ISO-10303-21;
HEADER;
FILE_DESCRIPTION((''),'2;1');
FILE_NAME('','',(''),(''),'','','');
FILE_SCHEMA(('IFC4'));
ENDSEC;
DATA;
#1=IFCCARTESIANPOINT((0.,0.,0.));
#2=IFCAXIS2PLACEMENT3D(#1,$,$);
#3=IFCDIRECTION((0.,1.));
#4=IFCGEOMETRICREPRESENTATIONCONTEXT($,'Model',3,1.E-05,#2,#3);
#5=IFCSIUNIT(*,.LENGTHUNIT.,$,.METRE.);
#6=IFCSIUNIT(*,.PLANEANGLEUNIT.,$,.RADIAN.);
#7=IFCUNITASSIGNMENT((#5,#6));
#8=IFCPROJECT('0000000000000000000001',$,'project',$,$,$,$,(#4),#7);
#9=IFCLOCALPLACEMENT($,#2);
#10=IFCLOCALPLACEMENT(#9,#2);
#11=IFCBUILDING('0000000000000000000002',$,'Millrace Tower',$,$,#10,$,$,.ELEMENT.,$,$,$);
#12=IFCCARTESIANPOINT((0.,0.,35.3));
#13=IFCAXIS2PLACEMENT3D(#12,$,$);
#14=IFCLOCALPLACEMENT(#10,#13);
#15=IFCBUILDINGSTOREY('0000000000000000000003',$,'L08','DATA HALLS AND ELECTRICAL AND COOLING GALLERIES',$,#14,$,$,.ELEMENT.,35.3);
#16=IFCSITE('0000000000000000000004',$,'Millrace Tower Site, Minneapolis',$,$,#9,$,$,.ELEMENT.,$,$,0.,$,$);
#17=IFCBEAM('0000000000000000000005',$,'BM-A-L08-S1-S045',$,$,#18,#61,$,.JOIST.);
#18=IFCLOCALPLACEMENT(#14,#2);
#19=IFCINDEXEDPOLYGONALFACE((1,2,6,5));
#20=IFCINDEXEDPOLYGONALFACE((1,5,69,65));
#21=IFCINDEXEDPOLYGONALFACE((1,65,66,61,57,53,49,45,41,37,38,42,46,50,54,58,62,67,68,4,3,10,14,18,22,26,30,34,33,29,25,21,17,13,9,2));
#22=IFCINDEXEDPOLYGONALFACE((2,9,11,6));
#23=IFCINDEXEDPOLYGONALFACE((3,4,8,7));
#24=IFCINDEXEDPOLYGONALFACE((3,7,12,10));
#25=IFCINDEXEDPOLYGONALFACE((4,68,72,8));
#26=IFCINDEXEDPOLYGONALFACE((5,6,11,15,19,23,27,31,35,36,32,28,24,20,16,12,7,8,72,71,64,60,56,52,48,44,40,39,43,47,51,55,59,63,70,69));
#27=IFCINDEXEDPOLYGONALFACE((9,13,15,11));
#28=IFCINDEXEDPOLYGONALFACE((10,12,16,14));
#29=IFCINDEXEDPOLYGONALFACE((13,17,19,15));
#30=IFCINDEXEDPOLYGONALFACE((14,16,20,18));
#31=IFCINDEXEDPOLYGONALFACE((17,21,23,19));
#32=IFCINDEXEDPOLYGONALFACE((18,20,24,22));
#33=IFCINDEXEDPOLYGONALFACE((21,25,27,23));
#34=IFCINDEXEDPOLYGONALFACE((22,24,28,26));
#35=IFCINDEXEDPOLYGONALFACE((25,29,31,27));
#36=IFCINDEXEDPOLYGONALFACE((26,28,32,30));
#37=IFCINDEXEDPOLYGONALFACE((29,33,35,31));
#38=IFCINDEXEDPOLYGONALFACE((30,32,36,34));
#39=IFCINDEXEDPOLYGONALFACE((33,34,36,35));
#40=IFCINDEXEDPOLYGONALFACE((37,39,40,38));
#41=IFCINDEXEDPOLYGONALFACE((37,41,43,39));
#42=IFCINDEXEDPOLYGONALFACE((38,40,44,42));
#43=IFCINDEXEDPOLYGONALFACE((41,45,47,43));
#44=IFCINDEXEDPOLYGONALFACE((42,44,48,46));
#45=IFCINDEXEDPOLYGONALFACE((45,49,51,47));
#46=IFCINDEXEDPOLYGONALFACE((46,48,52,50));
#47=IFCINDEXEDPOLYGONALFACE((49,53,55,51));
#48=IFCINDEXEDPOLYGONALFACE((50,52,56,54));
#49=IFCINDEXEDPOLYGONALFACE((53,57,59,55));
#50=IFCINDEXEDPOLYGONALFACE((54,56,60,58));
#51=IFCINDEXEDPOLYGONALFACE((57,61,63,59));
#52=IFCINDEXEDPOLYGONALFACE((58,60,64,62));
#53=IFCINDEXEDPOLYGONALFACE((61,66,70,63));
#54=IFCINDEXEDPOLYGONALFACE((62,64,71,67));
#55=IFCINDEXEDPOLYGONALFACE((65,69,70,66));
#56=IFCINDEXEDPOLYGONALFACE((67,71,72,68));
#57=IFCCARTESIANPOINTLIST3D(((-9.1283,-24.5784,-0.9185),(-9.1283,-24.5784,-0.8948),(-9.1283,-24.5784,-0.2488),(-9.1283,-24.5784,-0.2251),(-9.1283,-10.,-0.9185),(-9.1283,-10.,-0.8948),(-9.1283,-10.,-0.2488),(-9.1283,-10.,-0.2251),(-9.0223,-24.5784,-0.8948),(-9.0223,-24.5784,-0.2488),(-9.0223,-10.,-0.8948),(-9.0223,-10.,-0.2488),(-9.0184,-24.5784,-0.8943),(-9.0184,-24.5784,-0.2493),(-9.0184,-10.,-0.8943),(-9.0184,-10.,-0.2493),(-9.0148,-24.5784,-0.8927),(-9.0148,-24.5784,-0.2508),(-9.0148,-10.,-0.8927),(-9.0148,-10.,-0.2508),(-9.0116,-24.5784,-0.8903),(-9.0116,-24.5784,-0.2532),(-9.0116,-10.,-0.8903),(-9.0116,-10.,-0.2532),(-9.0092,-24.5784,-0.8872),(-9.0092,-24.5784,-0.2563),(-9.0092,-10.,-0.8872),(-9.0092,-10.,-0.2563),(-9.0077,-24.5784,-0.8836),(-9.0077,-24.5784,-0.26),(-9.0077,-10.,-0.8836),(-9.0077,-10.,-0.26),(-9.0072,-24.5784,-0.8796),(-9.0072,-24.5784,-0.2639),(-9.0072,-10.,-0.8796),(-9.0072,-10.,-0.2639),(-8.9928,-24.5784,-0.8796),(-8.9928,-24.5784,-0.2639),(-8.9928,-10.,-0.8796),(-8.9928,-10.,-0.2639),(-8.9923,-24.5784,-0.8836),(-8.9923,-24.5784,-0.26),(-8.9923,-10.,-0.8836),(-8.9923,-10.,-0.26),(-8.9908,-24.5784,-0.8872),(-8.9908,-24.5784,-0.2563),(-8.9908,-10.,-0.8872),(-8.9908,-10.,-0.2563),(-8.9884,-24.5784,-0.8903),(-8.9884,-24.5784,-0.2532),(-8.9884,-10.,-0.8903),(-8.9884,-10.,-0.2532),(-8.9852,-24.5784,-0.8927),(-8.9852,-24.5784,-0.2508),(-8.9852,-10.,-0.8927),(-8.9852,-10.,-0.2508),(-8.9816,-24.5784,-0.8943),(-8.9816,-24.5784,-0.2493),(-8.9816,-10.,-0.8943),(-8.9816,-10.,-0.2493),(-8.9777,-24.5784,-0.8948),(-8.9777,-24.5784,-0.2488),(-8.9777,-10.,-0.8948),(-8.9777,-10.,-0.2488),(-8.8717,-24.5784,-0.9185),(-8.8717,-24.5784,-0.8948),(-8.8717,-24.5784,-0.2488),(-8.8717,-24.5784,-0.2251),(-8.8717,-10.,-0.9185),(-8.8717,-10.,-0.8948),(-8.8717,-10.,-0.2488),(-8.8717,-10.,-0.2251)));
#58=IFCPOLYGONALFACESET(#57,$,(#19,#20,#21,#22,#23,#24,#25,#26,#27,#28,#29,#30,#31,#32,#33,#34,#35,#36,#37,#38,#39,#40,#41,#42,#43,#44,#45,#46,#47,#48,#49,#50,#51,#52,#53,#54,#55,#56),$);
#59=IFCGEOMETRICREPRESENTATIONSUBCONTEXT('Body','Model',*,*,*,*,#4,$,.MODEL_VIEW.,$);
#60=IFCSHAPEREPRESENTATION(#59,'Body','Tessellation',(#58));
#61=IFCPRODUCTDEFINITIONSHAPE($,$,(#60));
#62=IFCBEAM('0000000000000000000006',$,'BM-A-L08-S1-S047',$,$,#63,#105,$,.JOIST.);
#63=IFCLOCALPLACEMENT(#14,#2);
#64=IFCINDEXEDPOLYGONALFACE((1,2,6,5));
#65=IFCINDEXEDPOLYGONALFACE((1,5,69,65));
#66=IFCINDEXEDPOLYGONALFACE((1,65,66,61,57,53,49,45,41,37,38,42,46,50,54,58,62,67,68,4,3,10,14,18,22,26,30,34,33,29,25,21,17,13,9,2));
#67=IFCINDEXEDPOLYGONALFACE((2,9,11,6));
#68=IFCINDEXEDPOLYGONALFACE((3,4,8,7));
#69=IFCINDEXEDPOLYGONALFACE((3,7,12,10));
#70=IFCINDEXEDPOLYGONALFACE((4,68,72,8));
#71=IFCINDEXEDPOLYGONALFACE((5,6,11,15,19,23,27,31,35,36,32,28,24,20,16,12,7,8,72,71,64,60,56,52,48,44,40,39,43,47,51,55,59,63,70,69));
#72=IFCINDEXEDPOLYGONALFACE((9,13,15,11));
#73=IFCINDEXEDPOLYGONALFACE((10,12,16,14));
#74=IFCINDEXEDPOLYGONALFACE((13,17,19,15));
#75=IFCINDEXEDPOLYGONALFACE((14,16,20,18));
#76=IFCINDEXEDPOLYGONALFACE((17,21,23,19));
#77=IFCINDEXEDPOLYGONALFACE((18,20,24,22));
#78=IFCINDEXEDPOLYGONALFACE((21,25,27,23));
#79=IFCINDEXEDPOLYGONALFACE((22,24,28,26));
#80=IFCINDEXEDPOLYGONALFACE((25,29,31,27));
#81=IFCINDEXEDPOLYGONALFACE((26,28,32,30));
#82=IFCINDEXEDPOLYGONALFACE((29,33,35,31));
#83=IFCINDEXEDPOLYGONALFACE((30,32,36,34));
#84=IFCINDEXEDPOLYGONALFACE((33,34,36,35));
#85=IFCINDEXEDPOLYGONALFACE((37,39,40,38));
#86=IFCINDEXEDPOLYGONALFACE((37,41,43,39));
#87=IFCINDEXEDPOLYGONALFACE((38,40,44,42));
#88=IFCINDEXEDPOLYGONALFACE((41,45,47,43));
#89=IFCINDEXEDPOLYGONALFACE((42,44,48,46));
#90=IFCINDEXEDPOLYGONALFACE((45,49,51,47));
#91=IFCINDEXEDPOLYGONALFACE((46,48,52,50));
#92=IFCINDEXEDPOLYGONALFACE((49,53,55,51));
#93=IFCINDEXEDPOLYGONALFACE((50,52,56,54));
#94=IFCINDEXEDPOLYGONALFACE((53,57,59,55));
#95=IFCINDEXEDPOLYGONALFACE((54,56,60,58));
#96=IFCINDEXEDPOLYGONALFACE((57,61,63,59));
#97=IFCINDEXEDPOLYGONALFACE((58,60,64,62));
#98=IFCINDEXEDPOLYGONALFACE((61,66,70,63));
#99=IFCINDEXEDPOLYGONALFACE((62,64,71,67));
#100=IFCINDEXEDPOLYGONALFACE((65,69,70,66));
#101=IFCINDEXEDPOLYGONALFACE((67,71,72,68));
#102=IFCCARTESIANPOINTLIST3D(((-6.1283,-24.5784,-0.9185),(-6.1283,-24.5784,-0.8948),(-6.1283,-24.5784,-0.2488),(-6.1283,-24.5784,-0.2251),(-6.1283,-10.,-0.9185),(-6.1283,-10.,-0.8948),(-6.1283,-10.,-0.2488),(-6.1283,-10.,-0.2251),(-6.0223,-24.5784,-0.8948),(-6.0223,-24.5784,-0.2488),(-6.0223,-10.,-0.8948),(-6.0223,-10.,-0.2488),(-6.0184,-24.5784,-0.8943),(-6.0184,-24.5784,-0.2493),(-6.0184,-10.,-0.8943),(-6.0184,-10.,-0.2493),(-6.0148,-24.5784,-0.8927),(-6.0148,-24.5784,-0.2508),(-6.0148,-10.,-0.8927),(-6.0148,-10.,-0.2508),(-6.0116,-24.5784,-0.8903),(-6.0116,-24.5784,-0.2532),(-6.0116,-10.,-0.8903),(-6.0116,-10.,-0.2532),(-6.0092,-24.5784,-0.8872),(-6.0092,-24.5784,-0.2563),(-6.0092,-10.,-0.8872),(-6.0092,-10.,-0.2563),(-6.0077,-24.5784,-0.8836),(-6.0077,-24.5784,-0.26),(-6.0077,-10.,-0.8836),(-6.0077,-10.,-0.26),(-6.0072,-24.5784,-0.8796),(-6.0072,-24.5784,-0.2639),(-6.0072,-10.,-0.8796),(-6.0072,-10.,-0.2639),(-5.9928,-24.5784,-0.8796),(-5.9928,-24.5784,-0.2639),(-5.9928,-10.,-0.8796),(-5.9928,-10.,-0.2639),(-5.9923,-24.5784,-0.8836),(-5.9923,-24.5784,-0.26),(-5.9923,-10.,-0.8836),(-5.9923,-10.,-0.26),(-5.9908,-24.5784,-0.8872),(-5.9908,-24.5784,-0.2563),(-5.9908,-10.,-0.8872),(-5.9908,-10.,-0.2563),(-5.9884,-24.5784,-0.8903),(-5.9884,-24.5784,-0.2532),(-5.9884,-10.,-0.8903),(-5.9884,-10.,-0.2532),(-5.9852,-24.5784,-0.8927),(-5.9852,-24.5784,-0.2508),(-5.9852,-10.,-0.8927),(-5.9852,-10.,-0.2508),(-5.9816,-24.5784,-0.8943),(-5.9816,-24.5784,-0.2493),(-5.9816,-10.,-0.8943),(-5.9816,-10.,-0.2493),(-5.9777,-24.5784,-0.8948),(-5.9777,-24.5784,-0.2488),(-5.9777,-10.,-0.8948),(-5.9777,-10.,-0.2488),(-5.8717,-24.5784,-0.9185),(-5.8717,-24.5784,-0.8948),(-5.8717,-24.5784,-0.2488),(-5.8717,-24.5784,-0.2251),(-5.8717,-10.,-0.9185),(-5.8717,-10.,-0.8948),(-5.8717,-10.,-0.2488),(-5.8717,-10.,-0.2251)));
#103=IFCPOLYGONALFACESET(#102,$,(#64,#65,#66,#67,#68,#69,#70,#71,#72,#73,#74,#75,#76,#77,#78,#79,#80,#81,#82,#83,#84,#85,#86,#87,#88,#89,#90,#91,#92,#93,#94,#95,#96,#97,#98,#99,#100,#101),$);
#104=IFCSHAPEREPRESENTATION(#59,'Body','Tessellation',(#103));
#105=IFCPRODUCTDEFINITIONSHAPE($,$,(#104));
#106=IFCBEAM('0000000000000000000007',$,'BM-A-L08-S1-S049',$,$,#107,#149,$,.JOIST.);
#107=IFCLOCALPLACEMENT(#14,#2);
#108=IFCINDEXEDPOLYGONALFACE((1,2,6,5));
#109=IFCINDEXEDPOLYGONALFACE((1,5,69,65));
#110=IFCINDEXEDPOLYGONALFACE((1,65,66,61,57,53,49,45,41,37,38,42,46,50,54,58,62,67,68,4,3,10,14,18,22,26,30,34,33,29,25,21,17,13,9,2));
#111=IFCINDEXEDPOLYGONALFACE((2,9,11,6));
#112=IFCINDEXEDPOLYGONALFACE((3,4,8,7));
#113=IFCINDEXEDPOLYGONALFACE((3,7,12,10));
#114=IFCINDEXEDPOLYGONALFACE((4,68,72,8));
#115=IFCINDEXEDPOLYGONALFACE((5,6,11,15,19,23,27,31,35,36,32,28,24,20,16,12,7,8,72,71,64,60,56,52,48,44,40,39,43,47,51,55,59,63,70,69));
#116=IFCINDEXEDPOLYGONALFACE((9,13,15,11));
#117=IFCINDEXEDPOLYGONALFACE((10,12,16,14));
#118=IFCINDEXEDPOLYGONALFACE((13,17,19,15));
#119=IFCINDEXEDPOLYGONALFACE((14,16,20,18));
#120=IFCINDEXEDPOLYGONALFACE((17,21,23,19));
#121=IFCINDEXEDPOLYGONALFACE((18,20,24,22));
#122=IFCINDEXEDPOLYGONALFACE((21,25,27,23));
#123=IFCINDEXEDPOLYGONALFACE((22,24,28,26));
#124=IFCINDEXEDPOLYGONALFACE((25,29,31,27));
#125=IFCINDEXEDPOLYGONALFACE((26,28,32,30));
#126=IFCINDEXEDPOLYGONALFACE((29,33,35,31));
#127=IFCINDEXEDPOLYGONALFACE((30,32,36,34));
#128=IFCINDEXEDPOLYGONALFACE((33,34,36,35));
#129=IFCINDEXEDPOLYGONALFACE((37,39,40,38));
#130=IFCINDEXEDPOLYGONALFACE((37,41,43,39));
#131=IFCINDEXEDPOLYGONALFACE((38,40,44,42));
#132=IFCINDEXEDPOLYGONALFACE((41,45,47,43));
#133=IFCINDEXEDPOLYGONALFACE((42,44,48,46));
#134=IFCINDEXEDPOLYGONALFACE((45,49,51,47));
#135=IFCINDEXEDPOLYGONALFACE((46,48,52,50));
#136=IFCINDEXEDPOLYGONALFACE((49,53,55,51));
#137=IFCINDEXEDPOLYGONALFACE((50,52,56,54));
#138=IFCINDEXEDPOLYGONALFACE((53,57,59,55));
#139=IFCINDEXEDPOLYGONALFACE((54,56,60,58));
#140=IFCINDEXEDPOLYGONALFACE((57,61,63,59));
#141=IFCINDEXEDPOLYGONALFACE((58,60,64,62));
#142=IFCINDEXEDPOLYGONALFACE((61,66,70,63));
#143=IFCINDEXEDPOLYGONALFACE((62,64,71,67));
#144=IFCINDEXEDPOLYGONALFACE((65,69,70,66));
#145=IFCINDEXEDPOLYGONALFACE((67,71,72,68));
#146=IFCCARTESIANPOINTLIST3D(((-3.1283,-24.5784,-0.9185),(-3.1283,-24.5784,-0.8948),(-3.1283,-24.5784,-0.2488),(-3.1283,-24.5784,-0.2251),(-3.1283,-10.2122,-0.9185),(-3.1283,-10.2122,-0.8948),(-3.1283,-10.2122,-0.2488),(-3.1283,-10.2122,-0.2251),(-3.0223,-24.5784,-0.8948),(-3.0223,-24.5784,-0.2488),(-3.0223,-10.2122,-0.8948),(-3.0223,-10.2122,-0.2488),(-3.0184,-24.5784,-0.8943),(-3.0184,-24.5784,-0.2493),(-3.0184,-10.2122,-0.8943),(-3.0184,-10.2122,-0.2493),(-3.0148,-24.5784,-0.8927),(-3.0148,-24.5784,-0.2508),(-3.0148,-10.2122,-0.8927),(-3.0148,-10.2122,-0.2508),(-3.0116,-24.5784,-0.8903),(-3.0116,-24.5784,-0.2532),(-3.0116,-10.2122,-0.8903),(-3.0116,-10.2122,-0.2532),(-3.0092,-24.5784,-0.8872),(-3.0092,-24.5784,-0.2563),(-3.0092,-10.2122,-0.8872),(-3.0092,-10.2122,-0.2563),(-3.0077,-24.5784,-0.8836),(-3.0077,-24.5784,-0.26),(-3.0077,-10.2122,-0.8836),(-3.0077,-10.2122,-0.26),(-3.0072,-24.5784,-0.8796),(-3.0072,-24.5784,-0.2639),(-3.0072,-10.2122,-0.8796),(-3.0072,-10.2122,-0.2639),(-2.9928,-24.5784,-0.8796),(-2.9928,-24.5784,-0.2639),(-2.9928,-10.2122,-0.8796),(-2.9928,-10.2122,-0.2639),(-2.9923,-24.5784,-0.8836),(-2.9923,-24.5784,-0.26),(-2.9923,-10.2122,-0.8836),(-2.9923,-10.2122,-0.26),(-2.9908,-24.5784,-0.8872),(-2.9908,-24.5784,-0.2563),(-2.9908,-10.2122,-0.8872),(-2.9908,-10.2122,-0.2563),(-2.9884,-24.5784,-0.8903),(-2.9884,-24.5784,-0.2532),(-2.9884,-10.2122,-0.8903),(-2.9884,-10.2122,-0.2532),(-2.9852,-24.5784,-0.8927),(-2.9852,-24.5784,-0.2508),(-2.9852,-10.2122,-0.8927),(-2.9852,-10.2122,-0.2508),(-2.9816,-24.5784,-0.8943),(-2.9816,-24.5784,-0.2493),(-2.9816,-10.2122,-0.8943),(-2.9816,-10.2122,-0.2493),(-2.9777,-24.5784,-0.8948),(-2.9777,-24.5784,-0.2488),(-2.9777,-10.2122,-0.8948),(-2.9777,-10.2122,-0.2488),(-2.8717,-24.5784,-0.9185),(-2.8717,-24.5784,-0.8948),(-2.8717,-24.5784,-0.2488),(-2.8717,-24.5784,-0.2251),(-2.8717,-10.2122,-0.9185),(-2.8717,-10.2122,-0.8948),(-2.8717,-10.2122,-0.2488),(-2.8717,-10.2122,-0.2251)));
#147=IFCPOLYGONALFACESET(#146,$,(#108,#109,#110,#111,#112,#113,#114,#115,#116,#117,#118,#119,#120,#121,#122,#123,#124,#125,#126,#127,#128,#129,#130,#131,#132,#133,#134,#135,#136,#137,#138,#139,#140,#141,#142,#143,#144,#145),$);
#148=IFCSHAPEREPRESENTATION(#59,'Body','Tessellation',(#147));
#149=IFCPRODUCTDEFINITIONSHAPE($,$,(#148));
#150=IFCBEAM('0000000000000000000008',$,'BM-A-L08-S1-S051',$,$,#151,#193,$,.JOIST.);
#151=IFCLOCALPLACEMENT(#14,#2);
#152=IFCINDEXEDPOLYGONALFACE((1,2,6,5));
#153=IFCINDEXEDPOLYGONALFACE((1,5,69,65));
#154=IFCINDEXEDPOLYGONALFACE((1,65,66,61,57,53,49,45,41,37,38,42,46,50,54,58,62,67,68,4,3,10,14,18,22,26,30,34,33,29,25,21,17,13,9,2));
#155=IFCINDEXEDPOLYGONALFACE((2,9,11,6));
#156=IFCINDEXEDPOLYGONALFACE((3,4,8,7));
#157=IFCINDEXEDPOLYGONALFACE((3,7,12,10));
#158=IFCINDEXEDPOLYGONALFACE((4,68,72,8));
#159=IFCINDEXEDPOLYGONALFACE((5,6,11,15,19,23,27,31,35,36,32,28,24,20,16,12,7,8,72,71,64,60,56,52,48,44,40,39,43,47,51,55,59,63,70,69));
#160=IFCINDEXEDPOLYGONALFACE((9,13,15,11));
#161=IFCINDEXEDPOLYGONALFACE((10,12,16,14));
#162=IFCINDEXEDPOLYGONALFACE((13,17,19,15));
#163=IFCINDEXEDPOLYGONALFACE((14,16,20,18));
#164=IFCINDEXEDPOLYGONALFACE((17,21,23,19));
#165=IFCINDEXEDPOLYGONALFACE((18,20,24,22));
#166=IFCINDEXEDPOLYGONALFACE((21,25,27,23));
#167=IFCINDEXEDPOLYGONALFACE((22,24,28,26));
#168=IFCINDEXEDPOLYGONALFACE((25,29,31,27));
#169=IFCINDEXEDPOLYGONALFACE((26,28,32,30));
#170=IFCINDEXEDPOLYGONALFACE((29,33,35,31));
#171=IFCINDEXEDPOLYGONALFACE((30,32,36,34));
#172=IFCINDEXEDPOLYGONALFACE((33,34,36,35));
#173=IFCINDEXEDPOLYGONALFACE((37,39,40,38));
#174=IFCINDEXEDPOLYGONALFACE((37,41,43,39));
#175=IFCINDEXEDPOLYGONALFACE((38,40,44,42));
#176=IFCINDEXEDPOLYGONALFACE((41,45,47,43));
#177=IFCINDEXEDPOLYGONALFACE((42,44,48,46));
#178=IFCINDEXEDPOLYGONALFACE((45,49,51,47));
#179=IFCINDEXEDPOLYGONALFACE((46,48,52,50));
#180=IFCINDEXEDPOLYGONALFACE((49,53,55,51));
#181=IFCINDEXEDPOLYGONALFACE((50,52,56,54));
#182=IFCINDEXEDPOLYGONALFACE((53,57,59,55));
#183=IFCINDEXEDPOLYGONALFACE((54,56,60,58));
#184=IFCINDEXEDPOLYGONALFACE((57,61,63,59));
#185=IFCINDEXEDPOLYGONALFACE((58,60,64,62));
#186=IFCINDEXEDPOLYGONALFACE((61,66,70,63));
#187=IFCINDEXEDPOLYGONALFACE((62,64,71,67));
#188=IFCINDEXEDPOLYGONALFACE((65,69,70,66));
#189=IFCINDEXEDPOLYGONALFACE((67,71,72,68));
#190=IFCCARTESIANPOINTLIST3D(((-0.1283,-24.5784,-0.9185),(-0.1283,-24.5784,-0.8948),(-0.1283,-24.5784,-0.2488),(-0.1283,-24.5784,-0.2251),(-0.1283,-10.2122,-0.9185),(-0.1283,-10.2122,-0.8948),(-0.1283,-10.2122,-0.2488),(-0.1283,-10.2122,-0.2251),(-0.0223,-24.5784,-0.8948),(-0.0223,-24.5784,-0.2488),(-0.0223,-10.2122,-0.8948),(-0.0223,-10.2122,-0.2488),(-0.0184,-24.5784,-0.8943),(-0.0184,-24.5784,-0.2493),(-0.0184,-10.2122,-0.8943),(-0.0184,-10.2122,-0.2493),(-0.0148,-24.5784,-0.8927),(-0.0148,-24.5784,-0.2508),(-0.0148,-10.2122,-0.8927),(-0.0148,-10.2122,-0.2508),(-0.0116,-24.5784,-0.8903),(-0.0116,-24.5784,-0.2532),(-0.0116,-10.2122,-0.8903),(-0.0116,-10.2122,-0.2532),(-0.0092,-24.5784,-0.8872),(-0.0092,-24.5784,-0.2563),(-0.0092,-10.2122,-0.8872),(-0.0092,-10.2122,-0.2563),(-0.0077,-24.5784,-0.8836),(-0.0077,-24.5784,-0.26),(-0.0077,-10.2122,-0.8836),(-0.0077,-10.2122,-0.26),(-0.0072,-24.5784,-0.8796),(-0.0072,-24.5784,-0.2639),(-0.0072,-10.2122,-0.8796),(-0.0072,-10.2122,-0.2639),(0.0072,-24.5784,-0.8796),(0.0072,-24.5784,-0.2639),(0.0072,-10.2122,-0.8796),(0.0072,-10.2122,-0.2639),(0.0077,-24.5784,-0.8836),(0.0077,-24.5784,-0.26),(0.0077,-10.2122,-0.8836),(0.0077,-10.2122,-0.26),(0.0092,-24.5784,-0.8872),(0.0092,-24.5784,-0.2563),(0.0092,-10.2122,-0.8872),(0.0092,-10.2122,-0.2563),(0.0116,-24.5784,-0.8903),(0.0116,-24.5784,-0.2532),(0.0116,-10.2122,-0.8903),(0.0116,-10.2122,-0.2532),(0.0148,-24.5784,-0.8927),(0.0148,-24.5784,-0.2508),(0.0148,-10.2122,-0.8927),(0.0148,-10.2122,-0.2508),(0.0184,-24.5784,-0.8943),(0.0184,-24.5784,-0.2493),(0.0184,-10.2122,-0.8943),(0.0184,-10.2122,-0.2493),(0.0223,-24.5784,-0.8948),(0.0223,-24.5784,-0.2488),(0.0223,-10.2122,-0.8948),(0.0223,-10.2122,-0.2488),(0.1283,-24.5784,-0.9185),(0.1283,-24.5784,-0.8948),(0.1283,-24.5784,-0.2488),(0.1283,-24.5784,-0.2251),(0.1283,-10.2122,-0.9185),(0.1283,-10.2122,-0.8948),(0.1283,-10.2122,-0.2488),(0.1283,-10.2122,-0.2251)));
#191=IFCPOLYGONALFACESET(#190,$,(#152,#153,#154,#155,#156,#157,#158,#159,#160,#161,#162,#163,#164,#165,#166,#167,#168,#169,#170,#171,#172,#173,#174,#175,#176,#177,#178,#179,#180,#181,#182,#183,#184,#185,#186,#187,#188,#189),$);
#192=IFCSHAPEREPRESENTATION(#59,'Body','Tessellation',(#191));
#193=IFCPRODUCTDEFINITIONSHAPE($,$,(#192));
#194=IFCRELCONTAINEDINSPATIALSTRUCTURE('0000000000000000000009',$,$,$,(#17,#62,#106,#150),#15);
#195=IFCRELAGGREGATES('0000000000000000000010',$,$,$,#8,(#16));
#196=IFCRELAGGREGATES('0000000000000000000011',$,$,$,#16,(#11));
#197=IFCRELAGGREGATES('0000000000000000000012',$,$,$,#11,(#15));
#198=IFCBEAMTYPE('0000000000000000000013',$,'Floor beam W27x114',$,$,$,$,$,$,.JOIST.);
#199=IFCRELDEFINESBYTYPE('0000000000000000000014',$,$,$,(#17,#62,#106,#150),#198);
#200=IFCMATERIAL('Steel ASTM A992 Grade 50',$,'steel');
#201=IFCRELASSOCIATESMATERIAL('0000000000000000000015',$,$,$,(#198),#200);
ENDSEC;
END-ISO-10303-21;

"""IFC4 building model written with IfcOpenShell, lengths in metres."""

from ifc_helpers import new_model, si_unit, direction, frame, origin, origin_2d, place, context, subcontext, project, spatial, i_section, extrude, material, material_profile, profile_set, type_object, element, save


model = new_model("IFC4")

# Units and contexts
model_context = context("Model", 3, precision=1e-05, world=origin(), true_north=direction((0.0, 1.0)))
body_context = subcontext(model_context, "Body", "Model", "MODEL_VIEW")
ifc_project = project(units=[si_unit("LENGTHUNIT", "METRE"), si_unit("PLANEANGLEUNIT", "RADIAN")], contexts=[model_context])

# Site, building, storey
site_placement = place(None, origin())
site = spatial("IfcSite", under=ifc_project, at=site_placement, Name="Millrace Tower Site, Minneapolis", CompositionType="ELEMENT", RefElevation=0.0)
building_placement = place(site_placement, origin())
building = spatial("IfcBuilding", under=site, at=building_placement, Name="Millrace Tower", CompositionType="ELEMENT")
storey_placement = place(building_placement, frame((0.0, 0.0, 35.3)))
storey = spatial("IfcBuildingStorey", under=building, at=storey_placement, Name="L08", Description="DATA HALLS AND ELECTRICAL AND COOLING GALLERIES", CompositionType="ELEMENT", Elevation=35.3)

# Beams
ifc_material_1 = material(Name="Steel ASTM A992 Grade 50", Category="steel")
ifc_material_profile_1 = material_profile(ifc_material_1, i_section(OverallWidth=0.2566, OverallDepth=0.6934, WebThickness=0.0144, FlangeThickness=0.0237, FilletRadius=0.0151, at=origin_2d()))
ifc_profile_set_1 = profile_set([ifc_material_profile_1], Name="Steel ASTM A992 Grade 50")
beam_type_1 = type_object("IfcBeamType", Name="Floor beam W27x114", PredefinedType="JOIST", material=ifc_profile_set_1)
for number, where, z_axis, x_axis, name in (
    (1, (-9.0, -24.5784, -0.5718), (0.0, 1.0, 0.0), (-1.0, 0.0, 0.0), "BM-A-L08-S1-S045"),
    (2, (-6.0, -24.5784, -0.5718), (0.0, 1.0, 0.0), (-1.0, 0.0, 0.0), "BM-A-L08-S1-S047"),
):
    element("IfcBeam", number, at=place(storey_placement, frame(where, z_axis=z_axis, x_axis=x_axis)), inside=storey, type_object=beam_type_1, Name=name, PredefinedType="JOIST", context=body_context, shape_type="SweptSolid", body=[
        extrude(i_section(OverallWidth=0.2566, OverallDepth=0.6934, WebThickness=0.0144, FlangeThickness=0.0237, FilletRadius=0.0151, at=origin_2d()), origin(), (0.0, 0.0, 1.0), 14.5784),
    ])
for number, where, z_axis, x_axis, name in (
    (3, (-3.0, -24.5784, -0.5718), (0.0, 1.0, 0.0), (-1.0, 0.0, 0.0), "BM-A-L08-S1-S049"),
    (4, (0.0, -24.5784, -0.5718), (0.0, 1.0, 0.0), (-1.0, 0.0, 0.0), "BM-A-L08-S1-S051"),
):
    element("IfcBeam", number, at=place(storey_placement, frame(where, z_axis=z_axis, x_axis=x_axis)), inside=storey, type_object=beam_type_1, Name=name, PredefinedType="JOIST", context=body_context, shape_type="SweptSolid", body=[
        extrude(i_section(OverallWidth=0.2566, OverallDepth=0.6934, WebThickness=0.0144, FlangeThickness=0.0237, FilletRadius=0.0151, at=origin_2d()), origin(), (0.0, 0.0, 1.0), 14.3662),
    ])

save(model, "model.ifc")
